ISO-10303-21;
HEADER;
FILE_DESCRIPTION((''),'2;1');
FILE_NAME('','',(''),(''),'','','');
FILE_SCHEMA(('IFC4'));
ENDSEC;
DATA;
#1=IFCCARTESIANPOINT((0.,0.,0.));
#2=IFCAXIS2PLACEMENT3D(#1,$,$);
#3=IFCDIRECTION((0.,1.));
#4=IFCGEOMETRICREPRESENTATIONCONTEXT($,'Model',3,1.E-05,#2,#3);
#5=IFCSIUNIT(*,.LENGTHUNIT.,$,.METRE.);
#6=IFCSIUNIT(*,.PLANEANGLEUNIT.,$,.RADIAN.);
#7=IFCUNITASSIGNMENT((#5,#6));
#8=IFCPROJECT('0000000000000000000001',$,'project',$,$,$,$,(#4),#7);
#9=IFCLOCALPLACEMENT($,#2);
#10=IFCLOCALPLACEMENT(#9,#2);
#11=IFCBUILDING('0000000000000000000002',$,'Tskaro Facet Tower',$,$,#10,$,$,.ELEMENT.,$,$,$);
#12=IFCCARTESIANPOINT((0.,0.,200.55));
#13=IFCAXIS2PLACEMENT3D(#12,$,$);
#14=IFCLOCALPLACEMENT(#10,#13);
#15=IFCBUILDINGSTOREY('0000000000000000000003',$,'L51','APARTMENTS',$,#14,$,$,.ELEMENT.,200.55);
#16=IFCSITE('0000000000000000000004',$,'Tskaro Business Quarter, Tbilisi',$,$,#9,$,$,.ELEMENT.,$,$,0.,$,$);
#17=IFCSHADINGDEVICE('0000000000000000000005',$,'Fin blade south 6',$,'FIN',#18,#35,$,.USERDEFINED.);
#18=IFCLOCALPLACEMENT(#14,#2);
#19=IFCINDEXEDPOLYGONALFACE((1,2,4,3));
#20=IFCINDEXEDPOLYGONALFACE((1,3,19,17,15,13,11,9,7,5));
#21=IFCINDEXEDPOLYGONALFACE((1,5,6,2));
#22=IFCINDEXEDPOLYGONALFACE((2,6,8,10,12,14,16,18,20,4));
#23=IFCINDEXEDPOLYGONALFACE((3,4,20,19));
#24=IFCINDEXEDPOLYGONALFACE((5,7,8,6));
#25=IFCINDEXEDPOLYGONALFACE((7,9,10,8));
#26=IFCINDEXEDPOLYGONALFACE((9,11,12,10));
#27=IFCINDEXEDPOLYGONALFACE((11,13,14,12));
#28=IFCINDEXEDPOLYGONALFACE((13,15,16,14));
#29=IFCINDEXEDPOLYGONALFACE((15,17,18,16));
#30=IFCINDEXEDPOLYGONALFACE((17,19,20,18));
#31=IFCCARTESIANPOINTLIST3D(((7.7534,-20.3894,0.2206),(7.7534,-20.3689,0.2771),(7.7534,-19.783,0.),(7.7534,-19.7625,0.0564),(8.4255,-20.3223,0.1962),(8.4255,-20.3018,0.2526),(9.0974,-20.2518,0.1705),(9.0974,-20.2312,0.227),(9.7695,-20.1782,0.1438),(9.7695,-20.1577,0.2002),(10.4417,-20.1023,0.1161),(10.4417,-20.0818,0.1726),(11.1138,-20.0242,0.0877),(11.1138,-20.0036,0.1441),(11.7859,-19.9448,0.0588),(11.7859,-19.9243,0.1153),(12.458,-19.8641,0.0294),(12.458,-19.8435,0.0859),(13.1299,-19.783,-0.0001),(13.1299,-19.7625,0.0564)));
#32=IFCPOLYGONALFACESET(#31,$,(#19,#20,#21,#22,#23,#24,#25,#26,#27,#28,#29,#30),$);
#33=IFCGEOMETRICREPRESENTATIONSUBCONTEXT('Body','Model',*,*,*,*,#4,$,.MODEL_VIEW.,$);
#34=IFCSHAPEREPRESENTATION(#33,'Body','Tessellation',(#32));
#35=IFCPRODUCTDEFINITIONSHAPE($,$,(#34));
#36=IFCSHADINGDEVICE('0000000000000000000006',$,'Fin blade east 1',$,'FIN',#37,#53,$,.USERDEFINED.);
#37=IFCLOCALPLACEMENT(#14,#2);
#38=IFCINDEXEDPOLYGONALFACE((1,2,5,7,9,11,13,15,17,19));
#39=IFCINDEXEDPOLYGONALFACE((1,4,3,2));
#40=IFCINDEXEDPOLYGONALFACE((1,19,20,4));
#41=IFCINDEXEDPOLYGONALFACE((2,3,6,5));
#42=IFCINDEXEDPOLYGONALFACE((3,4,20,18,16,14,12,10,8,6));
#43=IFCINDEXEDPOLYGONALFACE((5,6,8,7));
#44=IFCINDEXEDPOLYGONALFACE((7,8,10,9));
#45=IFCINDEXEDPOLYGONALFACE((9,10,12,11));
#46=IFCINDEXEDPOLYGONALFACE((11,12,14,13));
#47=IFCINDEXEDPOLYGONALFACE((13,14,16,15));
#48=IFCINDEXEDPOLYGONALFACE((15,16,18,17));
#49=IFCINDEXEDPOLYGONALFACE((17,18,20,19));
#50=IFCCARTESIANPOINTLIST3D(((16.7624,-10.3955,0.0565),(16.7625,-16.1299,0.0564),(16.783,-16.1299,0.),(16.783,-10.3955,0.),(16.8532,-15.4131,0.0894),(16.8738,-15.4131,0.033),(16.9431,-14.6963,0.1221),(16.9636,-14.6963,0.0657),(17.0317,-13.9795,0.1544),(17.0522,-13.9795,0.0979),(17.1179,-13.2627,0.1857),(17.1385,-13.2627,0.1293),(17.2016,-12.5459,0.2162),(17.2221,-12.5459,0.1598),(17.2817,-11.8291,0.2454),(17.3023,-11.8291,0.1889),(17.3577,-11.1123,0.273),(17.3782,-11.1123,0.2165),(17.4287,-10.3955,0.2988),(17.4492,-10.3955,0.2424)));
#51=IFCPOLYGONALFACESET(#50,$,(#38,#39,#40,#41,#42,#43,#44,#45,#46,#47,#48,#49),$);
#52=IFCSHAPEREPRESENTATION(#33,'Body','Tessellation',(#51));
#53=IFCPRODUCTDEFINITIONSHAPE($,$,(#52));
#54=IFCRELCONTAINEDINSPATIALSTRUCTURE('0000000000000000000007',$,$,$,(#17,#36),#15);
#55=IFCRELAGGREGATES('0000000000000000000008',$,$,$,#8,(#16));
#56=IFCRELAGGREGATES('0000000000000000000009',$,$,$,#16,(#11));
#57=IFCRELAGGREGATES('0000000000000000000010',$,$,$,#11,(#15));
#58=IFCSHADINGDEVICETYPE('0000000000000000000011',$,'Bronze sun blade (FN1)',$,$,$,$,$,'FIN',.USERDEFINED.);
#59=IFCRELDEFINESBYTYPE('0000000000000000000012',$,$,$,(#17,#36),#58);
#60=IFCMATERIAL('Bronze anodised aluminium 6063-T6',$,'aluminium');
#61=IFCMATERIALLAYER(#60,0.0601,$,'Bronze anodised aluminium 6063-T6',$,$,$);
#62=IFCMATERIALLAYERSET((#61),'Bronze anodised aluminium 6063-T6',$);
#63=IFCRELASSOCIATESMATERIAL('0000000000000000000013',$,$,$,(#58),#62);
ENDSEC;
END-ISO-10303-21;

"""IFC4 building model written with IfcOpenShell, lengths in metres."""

from ifc_helpers import new_model, si_unit, direction, frame, origin, place, context, subcontext, project, spatial, polyline, outline, extrude, material, layer, layer_set, type_object, element, save


model = new_model("IFC4")

# Units and contexts
model_context = context("Model", 3, precision=1e-05, world=origin(), true_north=direction((0.0, 1.0)))
body_context = subcontext(model_context, "Body", "Model", "MODEL_VIEW")
ifc_project = project(units=[si_unit("LENGTHUNIT", "METRE"), si_unit("PLANEANGLEUNIT", "RADIAN")], contexts=[model_context])

# Site, building, storey
site_placement = place(None, origin())
site = spatial("IfcSite", under=ifc_project, at=site_placement, Name="Tskaro Business Quarter, Tbilisi", CompositionType="ELEMENT", RefElevation=0.0)
building_placement = place(site_placement, origin())
building = spatial("IfcBuilding", under=site, at=building_placement, Name="Tskaro Facet Tower", CompositionType="ELEMENT")
storey_placement = place(building_placement, frame((0.0, 0.0, 200.55)))
storey = spatial("IfcBuildingStorey", under=building, at=storey_placement, Name="L51", Description="APARTMENTS", CompositionType="ELEMENT", Elevation=200.55)

# Shared definitions
ifc_material_1 = material(Name="Bronze anodised aluminium 6063-T6", Category="aluminium")

# Shading devices
ifc_layer_1 = layer(ifc_material_1, 0.0601, Name="Bronze anodised aluminium 6063-T6")
ifc_layer_set_1 = layer_set([ifc_layer_1], Name="Bronze anodised aluminium 6063-T6")
shading_device_type = type_object("IfcShadingDeviceType", Name="Bronze sun blade (FN1)", ElementType="FIN", PredefinedType="USERDEFINED", material=ifc_layer_set_1)
shading_device_1_placement = place(storey_placement, frame((7.7534, -19.7625, 0.0564), z_axis=(0.000006, 0.341941, 0.939721), x_axis=(1.0, -0.000002, -0.000006)))
element("IfcShadingDevice", 1, at=shading_device_1_placement, inside=storey, type_object=shading_device_type, Name="Fin blade south 6", ObjectType="FIN", PredefinedType="USERDEFINED", context=body_context, shape_type="SweptSolid", body=[
    extrude(outline(polyline([(0.0, 0.0), (5.3765, 0.0), (4.7046, -0.0863), (4.0325, -0.1722), (3.3604, -0.2566), (2.6882, -0.3398), (2.0161, -0.4206), (1.344, -0.4988), (0.6721, -0.5739), (0.0, -0.6454), (0.0, 0.0)])), origin(), (0.0, 0.0, -1.0), 0.0601),
])
shading_device_2_placement = place(storey_placement, frame((16.7625, -16.1299, 0.0564), z_axis=(-0.341832, -0.000014, 0.939761), x_axis=(-0.000005, 1.0, 0.000013)))
element("IfcShadingDevice", 2, at=shading_device_2_placement, inside=storey, type_object=shading_device_type, Name="Fin blade east 1", ObjectType="FIN", PredefinedType="USERDEFINED", context=body_context, shape_type="SweptSolid", body=[
    extrude(outline(polyline([(0.0, 0.0), (5.7344, 0.0), (5.7344, -0.709), (5.0176, -0.6334), (4.3008, -0.5526), (3.584, -0.4673), (2.8672, -0.3783), (2.1504, -0.2865), (1.4336, -0.1922), (0.7168, -0.0966), (0.0, 0.0)])), origin(), (0.0, 0.0, -1.0), 0.0601),
])

save(model, "model.ifc")
